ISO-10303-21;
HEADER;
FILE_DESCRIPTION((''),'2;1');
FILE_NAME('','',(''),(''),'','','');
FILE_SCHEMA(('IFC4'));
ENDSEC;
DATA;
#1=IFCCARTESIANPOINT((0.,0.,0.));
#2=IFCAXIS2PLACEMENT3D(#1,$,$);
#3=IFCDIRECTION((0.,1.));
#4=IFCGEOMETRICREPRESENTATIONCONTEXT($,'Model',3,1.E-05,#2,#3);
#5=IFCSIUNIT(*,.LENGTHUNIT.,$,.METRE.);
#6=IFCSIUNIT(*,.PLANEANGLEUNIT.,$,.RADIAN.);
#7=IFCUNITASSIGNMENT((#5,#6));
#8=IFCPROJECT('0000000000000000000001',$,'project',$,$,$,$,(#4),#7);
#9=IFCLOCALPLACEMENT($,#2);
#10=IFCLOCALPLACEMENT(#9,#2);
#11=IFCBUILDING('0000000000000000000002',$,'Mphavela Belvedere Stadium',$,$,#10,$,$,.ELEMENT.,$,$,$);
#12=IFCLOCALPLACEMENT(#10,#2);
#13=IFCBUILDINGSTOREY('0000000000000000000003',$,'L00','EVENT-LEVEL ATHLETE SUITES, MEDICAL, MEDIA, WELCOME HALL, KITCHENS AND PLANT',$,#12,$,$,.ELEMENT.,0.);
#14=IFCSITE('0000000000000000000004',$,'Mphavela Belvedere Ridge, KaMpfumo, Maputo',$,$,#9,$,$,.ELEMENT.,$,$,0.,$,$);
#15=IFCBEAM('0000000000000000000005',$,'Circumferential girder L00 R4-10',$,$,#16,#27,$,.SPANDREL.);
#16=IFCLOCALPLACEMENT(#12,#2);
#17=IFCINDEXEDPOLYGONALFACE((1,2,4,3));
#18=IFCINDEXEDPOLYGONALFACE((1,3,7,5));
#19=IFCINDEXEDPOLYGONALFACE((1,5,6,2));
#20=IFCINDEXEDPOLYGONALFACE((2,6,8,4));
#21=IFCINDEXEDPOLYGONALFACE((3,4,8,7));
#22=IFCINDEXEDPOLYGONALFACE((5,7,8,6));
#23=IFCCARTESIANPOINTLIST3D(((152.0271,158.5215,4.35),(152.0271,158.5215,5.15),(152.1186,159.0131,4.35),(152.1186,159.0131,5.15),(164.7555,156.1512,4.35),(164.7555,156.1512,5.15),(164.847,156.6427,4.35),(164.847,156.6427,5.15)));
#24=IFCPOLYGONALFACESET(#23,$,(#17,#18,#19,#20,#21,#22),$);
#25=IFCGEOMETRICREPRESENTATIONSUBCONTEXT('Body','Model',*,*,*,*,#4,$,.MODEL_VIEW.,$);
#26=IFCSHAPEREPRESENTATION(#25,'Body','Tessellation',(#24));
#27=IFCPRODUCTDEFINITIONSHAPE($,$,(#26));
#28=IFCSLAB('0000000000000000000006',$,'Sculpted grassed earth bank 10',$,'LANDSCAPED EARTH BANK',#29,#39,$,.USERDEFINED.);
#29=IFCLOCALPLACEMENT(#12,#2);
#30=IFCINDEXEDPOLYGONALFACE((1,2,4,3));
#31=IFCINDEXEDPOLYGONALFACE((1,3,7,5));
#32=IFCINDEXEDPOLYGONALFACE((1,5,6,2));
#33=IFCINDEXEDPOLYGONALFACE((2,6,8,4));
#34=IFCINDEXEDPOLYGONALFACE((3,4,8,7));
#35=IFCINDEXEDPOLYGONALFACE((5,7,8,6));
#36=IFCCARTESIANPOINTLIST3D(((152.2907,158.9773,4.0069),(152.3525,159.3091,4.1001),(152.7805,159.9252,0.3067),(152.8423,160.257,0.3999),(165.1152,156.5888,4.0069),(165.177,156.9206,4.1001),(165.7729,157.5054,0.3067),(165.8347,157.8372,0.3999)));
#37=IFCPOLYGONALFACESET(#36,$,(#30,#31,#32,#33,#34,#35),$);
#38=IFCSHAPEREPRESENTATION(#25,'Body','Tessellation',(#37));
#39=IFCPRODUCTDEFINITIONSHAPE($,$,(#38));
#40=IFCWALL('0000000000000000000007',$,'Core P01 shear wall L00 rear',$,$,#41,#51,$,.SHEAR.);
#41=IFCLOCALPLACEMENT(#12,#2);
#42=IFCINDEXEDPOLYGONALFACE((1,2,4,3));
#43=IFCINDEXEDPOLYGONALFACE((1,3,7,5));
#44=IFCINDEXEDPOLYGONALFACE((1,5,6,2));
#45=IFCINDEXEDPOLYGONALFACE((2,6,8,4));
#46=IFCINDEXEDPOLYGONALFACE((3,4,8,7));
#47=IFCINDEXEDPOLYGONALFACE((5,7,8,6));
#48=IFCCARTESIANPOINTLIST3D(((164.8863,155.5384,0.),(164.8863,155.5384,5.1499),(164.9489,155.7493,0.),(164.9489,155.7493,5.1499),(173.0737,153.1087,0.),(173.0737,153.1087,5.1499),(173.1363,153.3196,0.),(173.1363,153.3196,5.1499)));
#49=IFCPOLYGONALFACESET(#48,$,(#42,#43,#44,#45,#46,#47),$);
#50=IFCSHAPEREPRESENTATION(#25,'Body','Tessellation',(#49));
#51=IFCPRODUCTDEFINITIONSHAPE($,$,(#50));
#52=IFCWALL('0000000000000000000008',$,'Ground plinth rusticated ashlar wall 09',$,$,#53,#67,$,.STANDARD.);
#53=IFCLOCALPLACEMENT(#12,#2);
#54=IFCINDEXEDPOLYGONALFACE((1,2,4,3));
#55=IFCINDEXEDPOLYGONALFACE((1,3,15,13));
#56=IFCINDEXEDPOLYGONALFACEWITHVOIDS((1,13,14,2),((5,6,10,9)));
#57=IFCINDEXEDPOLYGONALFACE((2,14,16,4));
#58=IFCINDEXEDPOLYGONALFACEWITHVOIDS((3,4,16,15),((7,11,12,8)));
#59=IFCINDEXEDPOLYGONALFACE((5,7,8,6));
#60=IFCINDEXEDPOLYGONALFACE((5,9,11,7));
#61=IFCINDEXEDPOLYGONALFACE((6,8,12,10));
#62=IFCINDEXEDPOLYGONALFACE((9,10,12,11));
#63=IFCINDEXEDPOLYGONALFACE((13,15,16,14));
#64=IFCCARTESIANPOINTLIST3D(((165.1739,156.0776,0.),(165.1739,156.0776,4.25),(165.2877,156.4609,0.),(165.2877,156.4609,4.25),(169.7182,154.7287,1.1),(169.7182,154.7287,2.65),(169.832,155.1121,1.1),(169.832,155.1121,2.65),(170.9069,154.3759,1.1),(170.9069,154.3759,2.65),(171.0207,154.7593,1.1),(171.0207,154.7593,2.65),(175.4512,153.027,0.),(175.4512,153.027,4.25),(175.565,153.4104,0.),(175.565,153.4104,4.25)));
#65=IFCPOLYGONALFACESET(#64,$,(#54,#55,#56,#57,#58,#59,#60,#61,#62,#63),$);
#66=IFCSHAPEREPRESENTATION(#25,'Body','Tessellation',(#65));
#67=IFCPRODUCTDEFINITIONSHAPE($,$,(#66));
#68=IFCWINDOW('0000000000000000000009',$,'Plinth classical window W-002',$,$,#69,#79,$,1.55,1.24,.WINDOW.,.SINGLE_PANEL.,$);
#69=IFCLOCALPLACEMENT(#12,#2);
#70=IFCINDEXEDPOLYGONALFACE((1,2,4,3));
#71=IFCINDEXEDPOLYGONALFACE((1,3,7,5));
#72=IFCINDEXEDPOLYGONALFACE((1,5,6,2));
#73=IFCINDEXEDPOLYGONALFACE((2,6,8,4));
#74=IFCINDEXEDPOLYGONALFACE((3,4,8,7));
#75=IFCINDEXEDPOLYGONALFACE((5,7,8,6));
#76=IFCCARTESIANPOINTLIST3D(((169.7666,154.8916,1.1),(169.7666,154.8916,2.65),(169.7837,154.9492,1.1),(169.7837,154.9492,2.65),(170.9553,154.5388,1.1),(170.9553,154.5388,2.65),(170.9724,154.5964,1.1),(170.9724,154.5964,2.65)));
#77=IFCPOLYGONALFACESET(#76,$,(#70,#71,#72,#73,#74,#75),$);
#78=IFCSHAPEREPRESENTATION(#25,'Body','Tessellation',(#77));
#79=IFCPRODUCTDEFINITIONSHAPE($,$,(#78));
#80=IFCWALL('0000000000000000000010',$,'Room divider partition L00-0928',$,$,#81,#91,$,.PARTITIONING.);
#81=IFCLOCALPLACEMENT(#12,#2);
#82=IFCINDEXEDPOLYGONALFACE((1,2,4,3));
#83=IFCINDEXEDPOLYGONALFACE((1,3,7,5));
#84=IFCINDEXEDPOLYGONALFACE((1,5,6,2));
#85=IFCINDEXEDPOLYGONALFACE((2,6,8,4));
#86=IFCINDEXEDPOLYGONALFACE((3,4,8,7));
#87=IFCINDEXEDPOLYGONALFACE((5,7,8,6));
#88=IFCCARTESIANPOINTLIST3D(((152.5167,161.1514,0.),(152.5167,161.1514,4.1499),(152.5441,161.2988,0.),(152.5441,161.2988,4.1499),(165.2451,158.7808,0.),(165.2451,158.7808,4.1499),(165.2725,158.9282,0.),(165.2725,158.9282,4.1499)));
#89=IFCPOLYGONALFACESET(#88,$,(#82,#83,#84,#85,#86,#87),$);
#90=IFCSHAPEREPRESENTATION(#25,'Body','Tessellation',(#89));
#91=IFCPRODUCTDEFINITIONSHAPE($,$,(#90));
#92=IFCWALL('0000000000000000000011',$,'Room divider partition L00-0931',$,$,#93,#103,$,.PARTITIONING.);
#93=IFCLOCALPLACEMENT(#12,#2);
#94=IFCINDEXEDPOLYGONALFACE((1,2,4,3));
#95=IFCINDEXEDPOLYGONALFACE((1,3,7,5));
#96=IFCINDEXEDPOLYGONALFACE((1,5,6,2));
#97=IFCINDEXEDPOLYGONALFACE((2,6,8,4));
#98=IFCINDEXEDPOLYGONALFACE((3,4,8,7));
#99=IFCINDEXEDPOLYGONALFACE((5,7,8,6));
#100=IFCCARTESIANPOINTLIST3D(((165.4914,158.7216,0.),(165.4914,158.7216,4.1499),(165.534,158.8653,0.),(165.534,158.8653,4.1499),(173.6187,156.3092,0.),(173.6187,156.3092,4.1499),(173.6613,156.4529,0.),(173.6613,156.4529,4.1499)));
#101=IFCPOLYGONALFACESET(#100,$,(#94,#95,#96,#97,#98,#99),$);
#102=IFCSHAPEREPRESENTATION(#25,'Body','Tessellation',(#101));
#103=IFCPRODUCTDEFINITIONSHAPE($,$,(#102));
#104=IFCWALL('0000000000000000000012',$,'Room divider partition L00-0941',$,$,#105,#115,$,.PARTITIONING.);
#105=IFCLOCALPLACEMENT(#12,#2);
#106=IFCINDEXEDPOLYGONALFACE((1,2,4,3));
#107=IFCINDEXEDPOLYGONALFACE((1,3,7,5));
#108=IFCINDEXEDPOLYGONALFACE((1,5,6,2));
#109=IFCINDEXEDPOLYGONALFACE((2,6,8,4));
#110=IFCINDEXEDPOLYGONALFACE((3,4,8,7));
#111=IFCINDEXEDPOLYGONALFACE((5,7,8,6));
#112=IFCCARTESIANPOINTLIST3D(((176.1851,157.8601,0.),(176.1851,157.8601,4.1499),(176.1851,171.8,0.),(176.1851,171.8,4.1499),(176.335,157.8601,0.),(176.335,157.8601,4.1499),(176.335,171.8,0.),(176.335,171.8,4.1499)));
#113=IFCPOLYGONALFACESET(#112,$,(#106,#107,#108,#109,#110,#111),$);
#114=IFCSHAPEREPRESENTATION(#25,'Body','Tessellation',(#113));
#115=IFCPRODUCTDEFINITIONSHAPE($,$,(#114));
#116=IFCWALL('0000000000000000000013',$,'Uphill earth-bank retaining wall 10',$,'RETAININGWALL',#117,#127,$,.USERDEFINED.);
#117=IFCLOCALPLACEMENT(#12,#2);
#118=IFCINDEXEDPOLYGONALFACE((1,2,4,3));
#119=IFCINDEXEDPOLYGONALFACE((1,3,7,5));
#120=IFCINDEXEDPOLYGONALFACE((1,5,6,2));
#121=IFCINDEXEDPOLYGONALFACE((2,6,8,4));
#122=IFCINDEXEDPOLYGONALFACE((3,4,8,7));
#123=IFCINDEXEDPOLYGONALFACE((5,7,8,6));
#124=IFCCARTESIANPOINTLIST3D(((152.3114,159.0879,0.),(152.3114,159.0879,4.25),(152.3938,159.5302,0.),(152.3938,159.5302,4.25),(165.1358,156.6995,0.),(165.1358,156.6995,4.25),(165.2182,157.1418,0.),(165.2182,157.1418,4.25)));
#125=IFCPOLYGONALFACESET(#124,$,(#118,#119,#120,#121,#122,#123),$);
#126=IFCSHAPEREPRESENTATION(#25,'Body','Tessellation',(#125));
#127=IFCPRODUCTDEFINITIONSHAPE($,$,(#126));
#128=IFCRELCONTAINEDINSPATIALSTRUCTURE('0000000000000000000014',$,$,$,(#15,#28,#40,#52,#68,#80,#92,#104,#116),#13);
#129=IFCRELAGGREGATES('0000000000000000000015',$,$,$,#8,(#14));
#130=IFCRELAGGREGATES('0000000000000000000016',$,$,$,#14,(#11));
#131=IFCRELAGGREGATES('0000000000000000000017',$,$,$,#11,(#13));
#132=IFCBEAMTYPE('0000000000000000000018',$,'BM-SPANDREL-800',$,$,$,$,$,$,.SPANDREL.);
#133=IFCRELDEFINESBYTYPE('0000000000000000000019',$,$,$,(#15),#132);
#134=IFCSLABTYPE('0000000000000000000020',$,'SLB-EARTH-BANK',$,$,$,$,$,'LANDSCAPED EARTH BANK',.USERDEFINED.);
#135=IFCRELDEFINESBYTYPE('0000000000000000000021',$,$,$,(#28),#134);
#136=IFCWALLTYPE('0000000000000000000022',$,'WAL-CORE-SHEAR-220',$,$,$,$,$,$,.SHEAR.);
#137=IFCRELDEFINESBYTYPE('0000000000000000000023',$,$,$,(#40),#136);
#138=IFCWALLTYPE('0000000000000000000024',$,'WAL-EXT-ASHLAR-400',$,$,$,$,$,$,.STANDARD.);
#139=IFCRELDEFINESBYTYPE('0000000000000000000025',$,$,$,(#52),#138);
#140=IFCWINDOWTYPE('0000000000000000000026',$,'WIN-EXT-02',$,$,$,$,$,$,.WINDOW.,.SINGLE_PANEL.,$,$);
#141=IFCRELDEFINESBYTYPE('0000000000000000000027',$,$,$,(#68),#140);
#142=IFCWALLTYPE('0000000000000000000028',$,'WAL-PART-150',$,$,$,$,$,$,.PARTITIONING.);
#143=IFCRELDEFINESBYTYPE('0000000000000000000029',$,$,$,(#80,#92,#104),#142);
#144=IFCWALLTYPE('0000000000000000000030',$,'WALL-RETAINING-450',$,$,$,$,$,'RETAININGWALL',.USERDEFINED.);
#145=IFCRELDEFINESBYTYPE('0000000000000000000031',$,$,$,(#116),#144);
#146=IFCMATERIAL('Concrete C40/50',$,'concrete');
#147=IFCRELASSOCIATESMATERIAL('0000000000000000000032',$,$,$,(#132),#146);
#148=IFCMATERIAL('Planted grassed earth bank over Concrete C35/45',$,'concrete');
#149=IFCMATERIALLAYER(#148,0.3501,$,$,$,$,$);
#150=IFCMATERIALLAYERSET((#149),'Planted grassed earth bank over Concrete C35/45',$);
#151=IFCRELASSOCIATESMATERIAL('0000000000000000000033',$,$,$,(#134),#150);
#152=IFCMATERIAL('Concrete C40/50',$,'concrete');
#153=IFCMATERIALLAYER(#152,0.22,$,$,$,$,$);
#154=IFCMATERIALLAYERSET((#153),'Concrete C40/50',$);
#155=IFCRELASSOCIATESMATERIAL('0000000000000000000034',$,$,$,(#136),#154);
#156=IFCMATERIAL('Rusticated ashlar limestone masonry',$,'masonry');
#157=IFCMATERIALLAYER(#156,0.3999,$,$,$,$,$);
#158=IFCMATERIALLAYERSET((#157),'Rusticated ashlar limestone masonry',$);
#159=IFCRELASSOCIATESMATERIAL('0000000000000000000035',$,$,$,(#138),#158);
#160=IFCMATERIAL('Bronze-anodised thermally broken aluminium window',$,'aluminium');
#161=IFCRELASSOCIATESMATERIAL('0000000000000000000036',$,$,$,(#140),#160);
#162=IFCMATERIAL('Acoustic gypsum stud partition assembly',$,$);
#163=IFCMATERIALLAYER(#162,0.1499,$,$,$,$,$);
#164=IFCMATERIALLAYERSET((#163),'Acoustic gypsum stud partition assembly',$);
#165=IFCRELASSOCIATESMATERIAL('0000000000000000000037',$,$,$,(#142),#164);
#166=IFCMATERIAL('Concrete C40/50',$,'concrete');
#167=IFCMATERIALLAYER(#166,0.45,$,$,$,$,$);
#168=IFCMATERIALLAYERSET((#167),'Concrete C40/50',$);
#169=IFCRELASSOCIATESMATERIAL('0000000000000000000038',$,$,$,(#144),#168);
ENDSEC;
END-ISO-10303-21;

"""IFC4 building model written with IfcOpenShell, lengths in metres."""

from ifc_helpers import new_model, si_unit, direction, frame, frame_2d, origin, origin_2d, place, context, subcontext, project, spatial, polyline, rectangle, outline, extrude, material, layer, layer_set, material_profile, profile_set, type_object, element, fill, save


model = new_model("IFC4")

# Units and contexts
model_context = context("Model", 3, precision=1e-05, world=origin(), true_north=direction((0.0, 1.0)))
body_context = subcontext(model_context, "Body", "Model", "MODEL_VIEW")
ifc_project = project(units=[si_unit("LENGTHUNIT", "METRE"), si_unit("PLANEANGLEUNIT", "RADIAN")], contexts=[model_context])

# Site, building, storey
site_placement = place(None, origin())
site = spatial("IfcSite", under=ifc_project, at=site_placement, Name="Mphavela Belvedere Ridge, KaMpfumo, Maputo", CompositionType="ELEMENT", RefElevation=0.0)
building_placement = place(site_placement, origin())
building = spatial("IfcBuilding", under=site, at=building_placement, Name="Mphavela Belvedere Stadium", CompositionType="ELEMENT")
storey_placement = place(building_placement, origin())
storey = spatial("IfcBuildingStorey", under=building, at=storey_placement, Name="L00", Description="EVENT-LEVEL ATHLETE SUITES, MEDICAL, MEDIA, WELCOME HALL, KITCHENS AND PLANT", CompositionType="ELEMENT", Elevation=0.0)

# Beam
ifc_material_1 = material(Name="Concrete C40/50", Category="concrete")
ifc_material_profile_1 = material_profile(ifc_material_1, rectangle(XDim=0.5, YDim=0.8, at=origin_2d()), Name="RC 500x800")
ifc_profile_set_1 = profile_set([ifc_material_profile_1], Name="Concrete C40/50")
beam_type_1 = type_object("IfcBeamType", Name="BM-SPANDREL-800", PredefinedType="SPANDREL", material=ifc_profile_set_1)
beam_1_placement = place(storey_placement, frame((164.8013, 156.397, 4.75), z_axis=(-0.983099, 0.183077, 0.0), x_axis=(-0.183077, -0.983099, 0.0)))
element("IfcBeam", 1, at=beam_1_placement, inside=storey, type_object=beam_type_1, Name="Circumferential girder L00 R4-10", PredefinedType="SPANDREL", context=body_context, shape_type="SweptSolid", body=[
    extrude(rectangle(XDim=0.5, YDim=0.8, at=origin_2d()), origin(), (0.0, 0.0, 1.0), 12.9473),
])

# Slab
ifc_material_2 = material(Name="Planted grassed earth bank over Concrete C35/45", Category="concrete")
ifc_layer_1 = layer(ifc_material_2, 0.3501)
ifc_layer_set_1 = layer_set([ifc_layer_1], Name="Planted grassed earth bank over Concrete C35/45")
slab_type = type_object("IfcSlabType", Name="SLB-EARTH-BANK", ElementType="LANDSCAPED EARTH BANK", PredefinedType="USERDEFINED", material=ifc_layer_set_1)
slab_placement = place(storey_placement, frame((165.8347, 157.8372, 0.3999), z_axis=(0.176497, 0.947643, 0.266122), x_axis=(-0.983094, 0.1831, -0.000002)))
element("IfcSlab", 2, at=slab_placement, inside=storey, type_object=slab_type, Name="Sculpted grassed earth bank 10", ObjectType="LANDSCAPED EARTH BANK", PredefinedType="USERDEFINED", context=body_context, shape_type="SweptSolid", body=[
    extrude(outline(polyline([(0.0, 0.0), (13.2159, 0.0), (13.5238, 3.8386), (0.4788, 3.8386), (0.0, 0.0)])), origin(), (0.0, 0.0, -1.0), 0.3501),
])

# Wall
ifc_material_3 = material(Name="Concrete C40/50", Category="concrete")
ifc_layer_2 = layer(ifc_material_3, 0.22)
ifc_layer_set_2 = layer_set([ifc_layer_2], Name="Concrete C40/50")
wall_type_1 = type_object("IfcWallType", Name="WAL-CORE-SHEAR-220", PredefinedType="SHEAR", material=ifc_layer_set_2)
wall_1_placement = place(storey_placement, frame((164.9177, 155.6438, 0.0), z_axis=(0.0, 0.0, 1.0), x_axis=(0.958676, -0.284501, 0.0)))
element("IfcWall", 3, at=wall_1_placement, inside=storey, type_object=wall_type_1, Name="Core P01 shear wall L00 rear", PredefinedType="SHEAR", context=body_context, shape_type="SweptSolid", body=[
    extrude(rectangle(XDim=8.5403, YDim=0.22, at=frame_2d((4.27, 0.0))), origin(), (0.0, 0.0, 1.0), 5.1499),
])

# Wall, opening, window
ifc_material_4 = material(Name="Rusticated ashlar limestone masonry", Category="masonry")
ifc_layer_3 = layer(ifc_material_4, 0.3999)
ifc_layer_set_3 = layer_set([ifc_layer_3], Name="Rusticated ashlar limestone masonry")
wall_type_2 = type_object("IfcWallType", Name="WAL-EXT-ASHLAR-400", PredefinedType="STANDARD", material=ifc_layer_set_3)
wall_2_placement = place(storey_placement, frame((165.2307, 156.2693, 0.0), z_axis=(0.0, 0.0, 1.0), x_axis=(0.958661, -0.284551, 0.0)))
wall_2 = element("IfcWall", 4, at=wall_2_placement, inside=storey, type_object=wall_type_2, Name="Ground plinth rusticated ashlar wall 09", PredefinedType="STANDARD", context=body_context, shape_type="SweptSolid", body=[
    extrude(rectangle(XDim=10.7205, YDim=0.3999, at=frame_2d((5.3604, 0.0))), origin(), (0.0, 0.0, 1.0), 4.25),
])
opening_placement = place(wall_2_placement, frame((4.7402, 0.0, 1.1001)))
opening = element("IfcOpeningElement", 5, at=opening_placement, cuts=wall_2, PredefinedType="OPENING", context=body_context, shape_type="SweptSolid", body=[
    extrude(rectangle(XDim=1.24, YDim=1.55, at=frame_2d((0.6201, 0.7749))), frame((0.0, 0.21, 0.0), z_axis=(0.0, -1.0, 0.0), x_axis=(1.0, 0.0, 0.0)), (0.0, 0.0, 1.0), 0.4199),
])
ifc_material_5 = material(Name="Bronze-anodised thermally broken aluminium window", Category="aluminium")
window_type = type_object("IfcWindowType", Name="WIN-EXT-02", PartitioningType="SINGLE_PANEL", PredefinedType="WINDOW", material=ifc_material_5)
window_placement = place(opening_placement, origin())
window = element("IfcWindow", 6, at=window_placement, inside=storey, type_object=window_type, Name="Plinth classical window W-002", OverallHeight=1.55, OverallWidth=1.24, PartitioningType="SINGLE_PANEL", PredefinedType="WINDOW", context=body_context, shape_type="SweptSolid", body=[
    extrude(rectangle(XDim=1.24, YDim=1.55, at=frame_2d((0.6201, 0.7749))), frame((0.0, 0.03, 0.0), z_axis=(0.0, -1.0, 0.0), x_axis=(1.0, 0.0, 0.0)), (0.0, 0.0, 1.0), 0.0601),
])
fill(opening, window)

# Walls
ifc_material_6 = material(Name="Acoustic gypsum stud partition assembly")
ifc_layer_4 = layer(ifc_material_6, 0.1499)
ifc_layer_set_4 = layer_set([ifc_layer_4], Name="Acoustic gypsum stud partition assembly")
wall_type_3 = type_object("IfcWallType", Name="WAL-PART-150", PredefinedType="PARTITIONING", material=ifc_layer_set_4)
wall_3_placement = place(storey_placement, frame((165.2588, 158.8545, 0.0), z_axis=(0.0, 0.0, 1.0), x_axis=(-0.983095, 0.183099, 0.0)))
element("IfcWall", 7, at=wall_3_placement, inside=storey, type_object=wall_type_3, Name="Room divider partition L00-0928", PredefinedType="PARTITIONING", context=body_context, shape_type="SweptSolid", body=[
    extrude(rectangle(XDim=12.9473, YDim=0.1499, at=frame_2d((6.4736, 0.0))), origin(), (0.0, 0.0, 1.0), 4.1499),
])
wall_4_placement = place(storey_placement, frame((173.6399, 156.3811, 0.0), z_axis=(0.0, 0.0, 1.0), x_axis=(-0.95866, 0.284554, 0.0)))
element("IfcWall", 8, at=wall_4_placement, inside=storey, type_object=wall_type_3, Name="Room divider partition L00-0931", PredefinedType="PARTITIONING", context=body_context, shape_type="SweptSolid", body=[
    extrude(rectangle(XDim=8.4778, YDim=0.1499, at=frame_2d((4.2388, 0.0))), origin(), (0.0, 0.0, 1.0), 4.1499),
])
wall_5_placement = place(storey_placement, frame((176.26, 157.8601, 0.0), z_axis=(0.0, 0.0, 1.0), x_axis=(0.0, 1.0, 0.0)))
element("IfcWall", 9, at=wall_5_placement, inside=storey, type_object=wall_type_3, Name="Room divider partition L00-0941", PredefinedType="PARTITIONING", context=body_context, shape_type="SweptSolid", body=[
    extrude(rectangle(XDim=13.9399, YDim=0.1499, at=frame_2d((6.97, 0.0))), origin(), (0.0, 0.0, 1.0), 4.1499),
])
ifc_material_7 = material(Name="Concrete C40/50", Category="concrete")
ifc_layer_5 = layer(ifc_material_7, 0.45)
ifc_layer_set_5 = layer_set([ifc_layer_5], Name="Concrete C40/50")
wall_type_4 = type_object("IfcWallType", Name="WALL-RETAINING-450", ElementType="RETAININGWALL", PredefinedType="USERDEFINED", material=ifc_layer_set_5)
wall_6_placement = place(storey_placement, frame((165.177, 156.9207, 0.0), z_axis=(0.0, 0.0, 1.0), x_axis=(-0.983096, 0.183092, 0.0)))
element("IfcWall", 10, at=wall_6_placement, inside=storey, type_object=wall_type_4, Name="Uphill earth-bank retaining wall 10", ObjectType="RETAININGWALL", PredefinedType="USERDEFINED", context=body_context, shape_type="SweptSolid", body=[
    extrude(rectangle(XDim=13.0449, YDim=0.45, at=frame_2d((6.5225, 0.0))), origin(), (0.0, 0.0, 1.0), 4.25),
])

save(model, "model.ifc")
